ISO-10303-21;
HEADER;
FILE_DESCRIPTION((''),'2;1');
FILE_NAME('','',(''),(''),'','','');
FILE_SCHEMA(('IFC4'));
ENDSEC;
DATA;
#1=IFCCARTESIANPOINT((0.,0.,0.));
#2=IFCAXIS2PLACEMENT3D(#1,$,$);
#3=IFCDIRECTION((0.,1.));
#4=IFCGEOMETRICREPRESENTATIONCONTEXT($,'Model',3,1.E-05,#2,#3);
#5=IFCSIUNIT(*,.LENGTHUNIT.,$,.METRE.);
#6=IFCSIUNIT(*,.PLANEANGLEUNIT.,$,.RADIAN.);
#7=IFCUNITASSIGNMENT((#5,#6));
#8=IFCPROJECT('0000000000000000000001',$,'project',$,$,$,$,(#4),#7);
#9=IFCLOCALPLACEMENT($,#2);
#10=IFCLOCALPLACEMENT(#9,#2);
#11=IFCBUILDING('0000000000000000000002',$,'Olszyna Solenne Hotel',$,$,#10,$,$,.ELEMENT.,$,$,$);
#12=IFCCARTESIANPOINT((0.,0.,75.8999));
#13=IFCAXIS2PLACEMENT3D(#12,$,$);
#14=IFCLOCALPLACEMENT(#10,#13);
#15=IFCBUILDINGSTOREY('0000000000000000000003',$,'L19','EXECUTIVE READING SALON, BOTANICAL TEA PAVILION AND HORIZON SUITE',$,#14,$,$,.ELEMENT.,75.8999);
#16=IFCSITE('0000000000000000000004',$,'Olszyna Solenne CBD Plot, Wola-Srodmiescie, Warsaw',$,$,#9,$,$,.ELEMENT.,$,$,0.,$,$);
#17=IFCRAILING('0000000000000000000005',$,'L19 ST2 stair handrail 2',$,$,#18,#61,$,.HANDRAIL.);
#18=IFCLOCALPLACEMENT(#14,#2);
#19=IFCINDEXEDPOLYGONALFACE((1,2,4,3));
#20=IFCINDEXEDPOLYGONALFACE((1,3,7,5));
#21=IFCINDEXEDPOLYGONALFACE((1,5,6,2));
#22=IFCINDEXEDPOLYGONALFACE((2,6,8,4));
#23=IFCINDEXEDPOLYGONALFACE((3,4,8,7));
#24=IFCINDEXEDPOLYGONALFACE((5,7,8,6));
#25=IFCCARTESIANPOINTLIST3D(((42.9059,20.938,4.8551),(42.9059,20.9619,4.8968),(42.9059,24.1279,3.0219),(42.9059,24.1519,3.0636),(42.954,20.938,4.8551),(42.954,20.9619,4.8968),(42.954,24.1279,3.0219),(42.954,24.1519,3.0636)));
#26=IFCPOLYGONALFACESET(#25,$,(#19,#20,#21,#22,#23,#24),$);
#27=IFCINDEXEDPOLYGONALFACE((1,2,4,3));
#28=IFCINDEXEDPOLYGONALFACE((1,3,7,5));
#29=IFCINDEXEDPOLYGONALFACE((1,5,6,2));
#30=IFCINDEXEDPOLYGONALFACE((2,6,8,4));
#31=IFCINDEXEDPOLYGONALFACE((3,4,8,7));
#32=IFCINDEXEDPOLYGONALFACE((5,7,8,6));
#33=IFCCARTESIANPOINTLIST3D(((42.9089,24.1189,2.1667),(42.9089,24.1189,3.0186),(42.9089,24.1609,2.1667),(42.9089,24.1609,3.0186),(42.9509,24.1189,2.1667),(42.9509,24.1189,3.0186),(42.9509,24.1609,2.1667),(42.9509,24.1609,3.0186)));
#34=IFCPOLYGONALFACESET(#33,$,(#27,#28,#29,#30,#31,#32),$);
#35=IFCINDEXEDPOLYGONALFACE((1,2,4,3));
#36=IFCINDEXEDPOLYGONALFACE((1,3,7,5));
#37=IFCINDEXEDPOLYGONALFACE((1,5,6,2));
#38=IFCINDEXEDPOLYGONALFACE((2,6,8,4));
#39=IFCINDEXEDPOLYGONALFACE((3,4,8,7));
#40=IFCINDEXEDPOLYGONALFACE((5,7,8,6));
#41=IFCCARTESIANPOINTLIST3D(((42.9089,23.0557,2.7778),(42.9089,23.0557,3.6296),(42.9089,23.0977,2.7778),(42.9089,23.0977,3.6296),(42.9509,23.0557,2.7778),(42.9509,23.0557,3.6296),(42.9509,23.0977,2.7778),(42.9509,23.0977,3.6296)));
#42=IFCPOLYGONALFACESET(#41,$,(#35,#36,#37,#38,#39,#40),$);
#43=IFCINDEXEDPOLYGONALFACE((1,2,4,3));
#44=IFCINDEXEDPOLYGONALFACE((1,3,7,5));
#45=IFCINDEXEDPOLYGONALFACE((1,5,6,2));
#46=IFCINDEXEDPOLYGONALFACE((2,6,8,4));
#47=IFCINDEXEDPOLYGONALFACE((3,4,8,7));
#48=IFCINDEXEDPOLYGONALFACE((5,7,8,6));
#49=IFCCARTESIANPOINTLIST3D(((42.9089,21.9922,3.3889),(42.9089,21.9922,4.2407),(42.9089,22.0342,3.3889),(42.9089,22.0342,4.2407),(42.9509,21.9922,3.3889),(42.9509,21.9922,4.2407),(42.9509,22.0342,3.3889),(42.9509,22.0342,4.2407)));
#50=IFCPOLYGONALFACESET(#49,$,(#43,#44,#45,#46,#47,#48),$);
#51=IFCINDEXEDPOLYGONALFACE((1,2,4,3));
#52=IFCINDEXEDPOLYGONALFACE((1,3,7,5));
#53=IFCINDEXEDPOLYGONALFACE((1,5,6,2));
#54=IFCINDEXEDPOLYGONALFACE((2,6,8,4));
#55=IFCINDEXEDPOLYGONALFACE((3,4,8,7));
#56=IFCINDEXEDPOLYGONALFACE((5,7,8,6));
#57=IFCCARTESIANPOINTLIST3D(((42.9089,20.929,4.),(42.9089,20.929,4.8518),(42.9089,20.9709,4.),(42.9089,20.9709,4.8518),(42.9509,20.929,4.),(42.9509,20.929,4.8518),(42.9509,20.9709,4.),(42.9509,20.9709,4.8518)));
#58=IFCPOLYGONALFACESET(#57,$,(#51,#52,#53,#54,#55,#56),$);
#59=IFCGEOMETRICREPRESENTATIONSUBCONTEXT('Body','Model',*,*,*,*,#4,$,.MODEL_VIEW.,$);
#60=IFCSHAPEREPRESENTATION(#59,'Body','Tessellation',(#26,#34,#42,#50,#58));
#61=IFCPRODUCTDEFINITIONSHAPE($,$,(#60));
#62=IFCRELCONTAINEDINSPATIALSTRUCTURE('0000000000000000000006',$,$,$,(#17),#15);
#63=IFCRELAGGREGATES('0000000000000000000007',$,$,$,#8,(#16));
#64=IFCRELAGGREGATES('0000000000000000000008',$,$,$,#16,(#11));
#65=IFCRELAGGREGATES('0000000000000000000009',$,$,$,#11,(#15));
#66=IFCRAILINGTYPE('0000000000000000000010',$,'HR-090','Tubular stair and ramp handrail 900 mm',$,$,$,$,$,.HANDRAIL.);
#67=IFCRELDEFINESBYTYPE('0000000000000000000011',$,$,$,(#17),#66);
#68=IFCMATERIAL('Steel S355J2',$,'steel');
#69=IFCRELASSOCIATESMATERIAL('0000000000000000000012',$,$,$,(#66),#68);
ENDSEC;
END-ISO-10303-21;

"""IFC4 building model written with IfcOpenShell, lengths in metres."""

from ifc_helpers import new_model, si_unit, direction, frame, origin, origin_2d, place, context, subcontext, project, spatial, rectangle, extrude, material, type_object, element, save


model = new_model("IFC4")

# Units and contexts
model_context = context("Model", 3, precision=1e-05, world=origin(), true_north=direction((0.0, 1.0)))
body_context = subcontext(model_context, "Body", "Model", "MODEL_VIEW")
ifc_project = project(units=[si_unit("LENGTHUNIT", "METRE"), si_unit("PLANEANGLEUNIT", "RADIAN")], contexts=[model_context])

# Site, building, storey
site_placement = place(None, origin())
site = spatial("IfcSite", under=ifc_project, at=site_placement, Name="Olszyna Solenne CBD Plot, Wola-Srodmiescie, Warsaw", CompositionType="ELEMENT", RefElevation=0.0)
building_placement = place(site_placement, origin())
building = spatial("IfcBuilding", under=site, at=building_placement, Name="Olszyna Solenne Hotel", CompositionType="ELEMENT")
storey_placement = place(building_placement, frame((0.0, 0.0, 75.8999)))
storey = spatial("IfcBuildingStorey", under=building, at=storey_placement, Name="L19", Description="EXECUTIVE READING SALON, BOTANICAL TEA PAVILION AND HORIZON SUITE", CompositionType="ELEMENT", Elevation=75.8999)

# Shared definitions
ifc_material_1 = material(Name="Steel S355J2", Category="steel")

# Railing
railing_type_1 = type_object("IfcRailingType", Name="HR-090", Description="Tubular stair and ramp handrail 900 mm", PredefinedType="HANDRAIL", material=ifc_material_1)
railing_1_placement = place(storey_placement, frame((42.9299, 24.1399, 2.1667)))
element("IfcRailing", 1, at=railing_1_placement, inside=storey, type_object=railing_type_1, Name="L19 ST2 stair handrail 2", PredefinedType="HANDRAIL", context=body_context, shape_type="SweptSolid", body=[
    extrude(rectangle(XDim=0.0481, YDim=0.0481, at=origin_2d()), frame((0.0, 0.0, 0.876), z_axis=(0.0, -0.86702, 0.498274), x_axis=(1.0, 0.0, 0.0)), (0.0, 0.0, 1.0), 3.6792),
    extrude(rectangle(XDim=0.042, YDim=0.042, at=origin_2d()), origin(), (0.0, 0.0, 1.0), 0.8518),
    extrude(rectangle(XDim=0.042, YDim=0.042, at=origin_2d()), frame((0.0, -1.0632, 0.6111)), (0.0, 0.0, 1.0), 0.8518),
    extrude(rectangle(XDim=0.042, YDim=0.042, at=origin_2d()), frame((0.0, -2.1267, 1.2222)), (0.0, 0.0, 1.0), 0.8518),
    extrude(rectangle(XDim=0.042, YDim=0.042, at=origin_2d()), frame((0.0, -3.1899, 1.8333)), (0.0, 0.0, 1.0), 0.8518),
])

save(model, "model.ifc")
